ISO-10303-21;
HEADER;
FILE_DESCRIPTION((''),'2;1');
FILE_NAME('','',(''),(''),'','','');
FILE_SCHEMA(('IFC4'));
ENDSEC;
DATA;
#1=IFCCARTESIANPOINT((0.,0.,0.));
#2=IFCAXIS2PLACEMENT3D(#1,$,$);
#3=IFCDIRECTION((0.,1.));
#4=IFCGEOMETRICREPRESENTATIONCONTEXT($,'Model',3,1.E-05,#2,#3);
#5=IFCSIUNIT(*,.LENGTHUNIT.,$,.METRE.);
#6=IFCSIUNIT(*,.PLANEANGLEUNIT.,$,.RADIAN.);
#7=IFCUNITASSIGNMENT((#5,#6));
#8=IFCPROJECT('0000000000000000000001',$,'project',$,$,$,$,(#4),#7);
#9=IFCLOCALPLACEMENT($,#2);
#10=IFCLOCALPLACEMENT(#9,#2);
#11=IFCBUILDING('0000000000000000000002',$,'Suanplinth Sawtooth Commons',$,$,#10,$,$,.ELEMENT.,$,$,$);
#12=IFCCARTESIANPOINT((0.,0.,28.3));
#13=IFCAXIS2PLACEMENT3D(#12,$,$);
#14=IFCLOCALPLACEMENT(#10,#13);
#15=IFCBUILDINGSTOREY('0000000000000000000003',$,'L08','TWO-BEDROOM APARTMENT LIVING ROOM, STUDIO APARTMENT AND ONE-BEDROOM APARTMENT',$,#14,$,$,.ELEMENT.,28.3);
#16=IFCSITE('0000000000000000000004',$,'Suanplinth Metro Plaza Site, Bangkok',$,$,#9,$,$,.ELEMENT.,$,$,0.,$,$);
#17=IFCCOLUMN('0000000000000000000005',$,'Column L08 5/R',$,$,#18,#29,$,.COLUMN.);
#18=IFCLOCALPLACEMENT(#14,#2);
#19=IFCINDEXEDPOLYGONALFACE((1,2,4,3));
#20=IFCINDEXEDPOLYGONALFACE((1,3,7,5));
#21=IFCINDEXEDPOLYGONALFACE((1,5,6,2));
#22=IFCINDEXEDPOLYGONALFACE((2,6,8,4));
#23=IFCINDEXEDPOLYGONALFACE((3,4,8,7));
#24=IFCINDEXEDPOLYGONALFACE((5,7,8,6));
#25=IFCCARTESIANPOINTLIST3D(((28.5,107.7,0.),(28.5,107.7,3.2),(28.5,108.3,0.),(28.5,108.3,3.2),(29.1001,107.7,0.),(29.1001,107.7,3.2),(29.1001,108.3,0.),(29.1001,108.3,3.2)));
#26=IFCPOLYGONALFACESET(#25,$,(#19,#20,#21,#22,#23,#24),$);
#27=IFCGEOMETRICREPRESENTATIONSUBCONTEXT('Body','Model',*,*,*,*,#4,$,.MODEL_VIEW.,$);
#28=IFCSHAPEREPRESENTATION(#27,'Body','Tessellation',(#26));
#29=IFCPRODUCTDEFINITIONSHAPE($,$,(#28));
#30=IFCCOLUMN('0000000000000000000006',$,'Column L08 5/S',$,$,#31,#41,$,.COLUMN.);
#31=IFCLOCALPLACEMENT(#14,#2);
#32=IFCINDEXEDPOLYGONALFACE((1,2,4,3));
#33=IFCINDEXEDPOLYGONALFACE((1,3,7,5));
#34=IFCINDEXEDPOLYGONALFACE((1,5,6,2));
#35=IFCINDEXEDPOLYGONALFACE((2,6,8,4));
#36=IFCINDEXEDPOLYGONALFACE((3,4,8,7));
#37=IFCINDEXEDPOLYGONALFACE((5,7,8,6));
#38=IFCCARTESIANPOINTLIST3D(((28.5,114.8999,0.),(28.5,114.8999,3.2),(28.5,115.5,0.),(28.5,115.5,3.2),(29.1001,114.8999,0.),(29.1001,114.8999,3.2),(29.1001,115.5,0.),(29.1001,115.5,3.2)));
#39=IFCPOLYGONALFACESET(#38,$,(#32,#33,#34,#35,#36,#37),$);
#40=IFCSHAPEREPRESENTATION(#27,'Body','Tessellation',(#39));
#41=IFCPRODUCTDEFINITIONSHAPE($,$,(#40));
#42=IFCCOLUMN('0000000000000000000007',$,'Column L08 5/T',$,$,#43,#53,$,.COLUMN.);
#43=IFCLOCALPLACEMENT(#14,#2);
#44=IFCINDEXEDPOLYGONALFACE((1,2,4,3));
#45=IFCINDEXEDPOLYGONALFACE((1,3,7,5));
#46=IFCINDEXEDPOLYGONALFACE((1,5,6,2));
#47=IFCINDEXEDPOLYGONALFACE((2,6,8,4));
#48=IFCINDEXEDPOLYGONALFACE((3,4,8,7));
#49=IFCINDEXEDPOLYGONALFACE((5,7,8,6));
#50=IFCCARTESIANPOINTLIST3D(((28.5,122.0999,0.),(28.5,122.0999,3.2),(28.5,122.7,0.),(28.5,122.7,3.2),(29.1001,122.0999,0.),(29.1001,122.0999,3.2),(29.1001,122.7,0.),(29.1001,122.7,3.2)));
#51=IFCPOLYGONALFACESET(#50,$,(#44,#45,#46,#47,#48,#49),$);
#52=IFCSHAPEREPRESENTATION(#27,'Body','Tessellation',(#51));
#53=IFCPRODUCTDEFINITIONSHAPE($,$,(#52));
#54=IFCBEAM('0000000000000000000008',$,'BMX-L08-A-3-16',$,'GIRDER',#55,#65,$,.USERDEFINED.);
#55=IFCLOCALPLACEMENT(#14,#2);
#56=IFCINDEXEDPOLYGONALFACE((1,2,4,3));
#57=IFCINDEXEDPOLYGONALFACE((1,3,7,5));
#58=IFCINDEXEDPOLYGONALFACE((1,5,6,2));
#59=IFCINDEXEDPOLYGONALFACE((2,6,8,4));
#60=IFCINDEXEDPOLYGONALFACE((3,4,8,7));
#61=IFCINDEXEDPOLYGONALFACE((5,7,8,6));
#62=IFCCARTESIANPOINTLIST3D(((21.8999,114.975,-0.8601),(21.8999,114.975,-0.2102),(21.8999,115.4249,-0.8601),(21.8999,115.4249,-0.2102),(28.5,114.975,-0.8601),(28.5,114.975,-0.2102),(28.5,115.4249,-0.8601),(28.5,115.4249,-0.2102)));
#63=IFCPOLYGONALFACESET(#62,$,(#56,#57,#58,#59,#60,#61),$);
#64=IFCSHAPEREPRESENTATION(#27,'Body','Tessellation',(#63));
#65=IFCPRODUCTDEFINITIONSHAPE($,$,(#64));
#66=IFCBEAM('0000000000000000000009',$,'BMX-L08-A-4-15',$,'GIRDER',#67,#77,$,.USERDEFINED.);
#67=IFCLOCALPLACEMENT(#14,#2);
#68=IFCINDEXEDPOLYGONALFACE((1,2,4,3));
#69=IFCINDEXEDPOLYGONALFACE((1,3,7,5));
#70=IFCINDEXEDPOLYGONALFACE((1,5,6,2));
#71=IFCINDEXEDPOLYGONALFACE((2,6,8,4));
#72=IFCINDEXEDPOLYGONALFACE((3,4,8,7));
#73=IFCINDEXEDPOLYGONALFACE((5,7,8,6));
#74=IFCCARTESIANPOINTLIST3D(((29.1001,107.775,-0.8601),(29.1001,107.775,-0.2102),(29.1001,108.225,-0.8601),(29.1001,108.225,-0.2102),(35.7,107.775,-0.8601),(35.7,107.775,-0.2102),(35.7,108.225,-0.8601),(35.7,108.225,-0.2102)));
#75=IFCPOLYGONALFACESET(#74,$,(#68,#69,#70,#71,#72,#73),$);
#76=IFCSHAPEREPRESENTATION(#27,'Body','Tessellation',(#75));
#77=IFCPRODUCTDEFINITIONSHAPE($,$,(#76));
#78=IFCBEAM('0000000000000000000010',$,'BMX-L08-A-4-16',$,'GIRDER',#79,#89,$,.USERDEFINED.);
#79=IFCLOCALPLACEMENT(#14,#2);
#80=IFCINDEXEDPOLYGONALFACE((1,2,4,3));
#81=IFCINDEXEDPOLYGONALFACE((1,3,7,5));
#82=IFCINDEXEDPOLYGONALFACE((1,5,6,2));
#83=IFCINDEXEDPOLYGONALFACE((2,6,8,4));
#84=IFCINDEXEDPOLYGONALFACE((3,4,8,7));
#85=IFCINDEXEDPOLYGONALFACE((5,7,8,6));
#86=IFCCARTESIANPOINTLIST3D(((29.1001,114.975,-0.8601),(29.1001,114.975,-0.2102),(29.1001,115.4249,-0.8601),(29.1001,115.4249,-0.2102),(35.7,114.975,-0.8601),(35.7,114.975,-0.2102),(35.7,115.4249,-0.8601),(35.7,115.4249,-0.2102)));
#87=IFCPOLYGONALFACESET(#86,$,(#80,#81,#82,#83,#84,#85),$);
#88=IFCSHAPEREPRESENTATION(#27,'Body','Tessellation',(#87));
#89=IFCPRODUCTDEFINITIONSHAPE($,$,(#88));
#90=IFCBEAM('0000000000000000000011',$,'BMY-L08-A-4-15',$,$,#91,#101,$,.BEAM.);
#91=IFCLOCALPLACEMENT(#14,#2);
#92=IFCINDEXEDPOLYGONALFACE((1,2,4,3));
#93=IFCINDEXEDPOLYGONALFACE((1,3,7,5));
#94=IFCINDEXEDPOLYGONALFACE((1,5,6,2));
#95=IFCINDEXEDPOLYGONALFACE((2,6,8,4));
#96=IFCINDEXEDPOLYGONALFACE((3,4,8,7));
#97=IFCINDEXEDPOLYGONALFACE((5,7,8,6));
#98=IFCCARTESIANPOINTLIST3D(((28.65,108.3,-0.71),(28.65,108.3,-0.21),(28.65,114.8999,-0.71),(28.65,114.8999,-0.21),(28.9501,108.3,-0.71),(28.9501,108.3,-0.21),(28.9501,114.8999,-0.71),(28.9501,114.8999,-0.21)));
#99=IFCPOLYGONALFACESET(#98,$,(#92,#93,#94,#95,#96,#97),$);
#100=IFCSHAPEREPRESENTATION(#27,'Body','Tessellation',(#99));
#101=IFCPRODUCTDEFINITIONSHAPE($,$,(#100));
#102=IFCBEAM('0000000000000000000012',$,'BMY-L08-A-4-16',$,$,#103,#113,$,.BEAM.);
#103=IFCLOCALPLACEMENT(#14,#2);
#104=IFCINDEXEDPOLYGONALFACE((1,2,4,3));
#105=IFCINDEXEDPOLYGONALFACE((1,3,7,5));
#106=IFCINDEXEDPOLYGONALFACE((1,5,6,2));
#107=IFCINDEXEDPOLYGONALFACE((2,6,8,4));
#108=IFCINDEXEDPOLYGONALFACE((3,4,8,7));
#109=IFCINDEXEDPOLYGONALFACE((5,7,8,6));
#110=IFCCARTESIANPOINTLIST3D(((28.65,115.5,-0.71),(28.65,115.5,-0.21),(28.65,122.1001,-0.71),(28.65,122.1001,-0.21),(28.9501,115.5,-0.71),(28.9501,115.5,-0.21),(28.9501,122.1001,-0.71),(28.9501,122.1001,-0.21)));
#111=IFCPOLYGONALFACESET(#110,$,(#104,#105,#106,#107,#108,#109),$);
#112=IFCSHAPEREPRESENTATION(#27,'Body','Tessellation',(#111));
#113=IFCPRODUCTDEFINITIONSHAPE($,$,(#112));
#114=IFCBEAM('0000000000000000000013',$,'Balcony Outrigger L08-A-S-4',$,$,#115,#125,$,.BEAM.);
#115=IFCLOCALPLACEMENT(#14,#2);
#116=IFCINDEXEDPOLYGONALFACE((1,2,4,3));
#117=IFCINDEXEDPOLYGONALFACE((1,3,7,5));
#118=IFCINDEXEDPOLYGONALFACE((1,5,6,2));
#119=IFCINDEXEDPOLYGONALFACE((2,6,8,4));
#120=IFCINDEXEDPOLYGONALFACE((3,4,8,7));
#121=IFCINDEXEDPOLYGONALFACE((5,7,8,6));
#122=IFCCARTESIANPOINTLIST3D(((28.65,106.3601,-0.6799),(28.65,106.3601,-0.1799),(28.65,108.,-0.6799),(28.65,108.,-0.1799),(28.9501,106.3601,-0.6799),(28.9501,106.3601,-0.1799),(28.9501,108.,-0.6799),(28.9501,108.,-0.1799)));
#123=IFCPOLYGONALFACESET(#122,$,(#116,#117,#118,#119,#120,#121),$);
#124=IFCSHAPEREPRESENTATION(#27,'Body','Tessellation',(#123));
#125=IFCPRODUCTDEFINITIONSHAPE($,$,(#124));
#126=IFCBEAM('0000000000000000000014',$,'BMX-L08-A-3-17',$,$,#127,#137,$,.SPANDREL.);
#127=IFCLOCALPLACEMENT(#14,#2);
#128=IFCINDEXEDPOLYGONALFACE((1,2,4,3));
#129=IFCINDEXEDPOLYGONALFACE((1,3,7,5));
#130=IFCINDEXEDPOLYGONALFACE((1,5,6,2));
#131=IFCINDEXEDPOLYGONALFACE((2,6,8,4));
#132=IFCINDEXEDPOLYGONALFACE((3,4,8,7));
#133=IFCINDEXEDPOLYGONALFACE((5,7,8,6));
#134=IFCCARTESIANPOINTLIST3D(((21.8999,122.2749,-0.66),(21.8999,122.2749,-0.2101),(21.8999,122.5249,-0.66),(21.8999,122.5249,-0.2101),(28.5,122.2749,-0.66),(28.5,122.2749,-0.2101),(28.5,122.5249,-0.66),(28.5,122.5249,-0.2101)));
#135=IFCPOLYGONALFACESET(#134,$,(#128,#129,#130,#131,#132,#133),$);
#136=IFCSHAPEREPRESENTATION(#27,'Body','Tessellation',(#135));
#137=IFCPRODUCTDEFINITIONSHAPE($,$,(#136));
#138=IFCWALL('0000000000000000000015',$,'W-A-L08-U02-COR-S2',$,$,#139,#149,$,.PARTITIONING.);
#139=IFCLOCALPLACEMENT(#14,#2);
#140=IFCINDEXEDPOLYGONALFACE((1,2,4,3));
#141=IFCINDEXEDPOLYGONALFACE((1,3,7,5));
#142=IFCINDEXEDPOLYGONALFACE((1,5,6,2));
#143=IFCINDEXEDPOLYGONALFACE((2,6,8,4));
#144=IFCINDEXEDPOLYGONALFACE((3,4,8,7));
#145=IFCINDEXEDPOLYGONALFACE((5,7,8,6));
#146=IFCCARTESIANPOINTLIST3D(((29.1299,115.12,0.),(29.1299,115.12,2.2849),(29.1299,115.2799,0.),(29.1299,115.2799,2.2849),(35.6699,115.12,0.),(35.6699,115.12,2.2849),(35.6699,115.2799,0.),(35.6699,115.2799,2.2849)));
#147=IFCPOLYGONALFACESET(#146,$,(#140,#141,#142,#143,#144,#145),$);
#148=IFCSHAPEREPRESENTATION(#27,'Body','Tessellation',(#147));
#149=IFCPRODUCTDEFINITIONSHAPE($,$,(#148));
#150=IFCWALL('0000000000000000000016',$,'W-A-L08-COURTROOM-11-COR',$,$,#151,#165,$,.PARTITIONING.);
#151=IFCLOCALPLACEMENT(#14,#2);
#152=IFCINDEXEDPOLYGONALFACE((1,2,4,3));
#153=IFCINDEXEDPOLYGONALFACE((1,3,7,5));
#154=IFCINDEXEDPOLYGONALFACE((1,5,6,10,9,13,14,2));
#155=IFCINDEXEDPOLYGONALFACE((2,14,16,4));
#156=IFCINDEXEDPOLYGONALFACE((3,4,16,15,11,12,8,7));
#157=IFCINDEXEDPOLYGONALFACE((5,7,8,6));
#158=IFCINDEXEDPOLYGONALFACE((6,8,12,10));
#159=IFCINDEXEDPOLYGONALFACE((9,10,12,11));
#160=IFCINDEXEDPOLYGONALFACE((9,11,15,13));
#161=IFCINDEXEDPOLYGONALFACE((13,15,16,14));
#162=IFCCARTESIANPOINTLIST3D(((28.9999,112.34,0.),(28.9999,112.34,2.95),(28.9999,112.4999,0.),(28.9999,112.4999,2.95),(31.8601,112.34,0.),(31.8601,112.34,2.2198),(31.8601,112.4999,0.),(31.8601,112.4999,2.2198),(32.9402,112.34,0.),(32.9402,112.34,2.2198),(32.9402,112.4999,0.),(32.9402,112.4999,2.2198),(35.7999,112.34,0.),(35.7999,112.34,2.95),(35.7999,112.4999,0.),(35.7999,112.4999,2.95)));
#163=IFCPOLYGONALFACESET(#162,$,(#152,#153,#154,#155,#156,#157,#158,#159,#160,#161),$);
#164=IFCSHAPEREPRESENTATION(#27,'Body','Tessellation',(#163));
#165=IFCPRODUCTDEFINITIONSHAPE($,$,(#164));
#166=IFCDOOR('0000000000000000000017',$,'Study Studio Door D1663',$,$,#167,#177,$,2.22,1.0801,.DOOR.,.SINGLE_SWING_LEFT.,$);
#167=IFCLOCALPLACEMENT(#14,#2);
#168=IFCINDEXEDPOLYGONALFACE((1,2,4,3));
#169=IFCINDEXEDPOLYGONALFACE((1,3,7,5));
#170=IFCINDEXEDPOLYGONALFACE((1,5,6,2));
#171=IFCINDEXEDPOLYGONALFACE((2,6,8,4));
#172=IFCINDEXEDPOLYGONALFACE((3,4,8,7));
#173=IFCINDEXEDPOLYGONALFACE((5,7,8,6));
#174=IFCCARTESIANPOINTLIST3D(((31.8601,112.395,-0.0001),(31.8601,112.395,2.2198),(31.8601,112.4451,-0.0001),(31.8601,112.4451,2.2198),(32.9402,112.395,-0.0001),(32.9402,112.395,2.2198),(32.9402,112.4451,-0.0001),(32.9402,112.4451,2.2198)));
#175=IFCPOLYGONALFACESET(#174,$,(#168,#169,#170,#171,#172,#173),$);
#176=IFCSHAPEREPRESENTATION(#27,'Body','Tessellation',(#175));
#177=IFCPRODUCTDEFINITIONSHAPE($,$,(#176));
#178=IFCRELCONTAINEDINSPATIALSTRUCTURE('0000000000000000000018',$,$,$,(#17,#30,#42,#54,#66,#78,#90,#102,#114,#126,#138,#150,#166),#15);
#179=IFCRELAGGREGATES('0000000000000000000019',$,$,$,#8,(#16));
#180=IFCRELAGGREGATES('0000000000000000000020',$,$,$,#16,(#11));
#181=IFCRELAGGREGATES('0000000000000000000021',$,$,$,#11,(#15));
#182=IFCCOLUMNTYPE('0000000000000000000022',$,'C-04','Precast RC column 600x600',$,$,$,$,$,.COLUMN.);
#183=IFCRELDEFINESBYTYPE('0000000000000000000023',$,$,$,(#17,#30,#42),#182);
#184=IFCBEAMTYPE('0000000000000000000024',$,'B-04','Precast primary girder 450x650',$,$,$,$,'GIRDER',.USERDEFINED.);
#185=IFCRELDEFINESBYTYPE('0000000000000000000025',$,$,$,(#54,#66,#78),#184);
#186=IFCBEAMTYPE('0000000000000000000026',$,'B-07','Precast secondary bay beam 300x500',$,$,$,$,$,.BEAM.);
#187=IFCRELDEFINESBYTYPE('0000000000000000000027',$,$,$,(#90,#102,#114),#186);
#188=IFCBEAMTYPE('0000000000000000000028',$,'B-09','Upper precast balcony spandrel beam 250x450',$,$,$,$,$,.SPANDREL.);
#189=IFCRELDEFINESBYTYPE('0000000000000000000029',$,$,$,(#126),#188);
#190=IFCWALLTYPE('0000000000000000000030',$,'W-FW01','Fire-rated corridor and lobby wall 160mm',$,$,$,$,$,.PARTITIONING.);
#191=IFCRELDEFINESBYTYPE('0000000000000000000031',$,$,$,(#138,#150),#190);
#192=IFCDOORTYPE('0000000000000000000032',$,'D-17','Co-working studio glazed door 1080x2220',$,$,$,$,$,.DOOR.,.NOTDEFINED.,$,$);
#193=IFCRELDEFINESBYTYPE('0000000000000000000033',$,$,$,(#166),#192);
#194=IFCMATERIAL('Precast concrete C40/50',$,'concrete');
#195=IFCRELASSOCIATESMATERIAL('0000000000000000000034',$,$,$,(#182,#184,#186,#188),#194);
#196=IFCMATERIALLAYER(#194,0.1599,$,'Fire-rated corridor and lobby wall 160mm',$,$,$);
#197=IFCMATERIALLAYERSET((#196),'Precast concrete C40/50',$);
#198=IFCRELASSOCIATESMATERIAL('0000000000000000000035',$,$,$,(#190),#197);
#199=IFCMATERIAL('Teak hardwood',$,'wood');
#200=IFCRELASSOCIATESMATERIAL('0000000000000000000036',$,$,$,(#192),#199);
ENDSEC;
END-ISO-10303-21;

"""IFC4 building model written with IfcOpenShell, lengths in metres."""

from ifc_helpers import new_model, si_unit, direction, frame, frame_2d, origin, origin_2d, place, context, subcontext, project, spatial, rectangle, extrude, material, layer, layer_set, material_profile, profile_set, type_object, element, fill, save


model = new_model("IFC4")

# Units and contexts
model_context = context("Model", 3, precision=1e-05, world=origin(), true_north=direction((0.0, 1.0)))
body_context = subcontext(model_context, "Body", "Model", "MODEL_VIEW")
ifc_project = project(units=[si_unit("LENGTHUNIT", "METRE"), si_unit("PLANEANGLEUNIT", "RADIAN")], contexts=[model_context])

# Site, building, storey
site_placement = place(None, origin())
site = spatial("IfcSite", under=ifc_project, at=site_placement, Name="Suanplinth Metro Plaza Site, Bangkok", CompositionType="ELEMENT", RefElevation=0.0)
building_placement = place(site_placement, origin())
building = spatial("IfcBuilding", under=site, at=building_placement, Name="Suanplinth Sawtooth Commons", CompositionType="ELEMENT")
storey_placement = place(building_placement, frame((0.0, 0.0, 28.3)))
storey = spatial("IfcBuildingStorey", under=building, at=storey_placement, Name="L08", Description="TWO-BEDROOM APARTMENT LIVING ROOM, STUDIO APARTMENT AND ONE-BEDROOM APARTMENT", CompositionType="ELEMENT", Elevation=28.3)

# Columns
ifc_material_1 = material(Name="Precast concrete C40/50", Category="concrete")
ifc_material_profile_1 = material_profile(ifc_material_1, rectangle(XDim=0.6001, YDim=0.6001, at=origin_2d()), Name="PC-COL 600x600")
ifc_profile_set_1 = profile_set([ifc_material_profile_1], Name="Precast concrete C40/50")
column_type = type_object("IfcColumnType", Name="C-04", Description="Precast RC column 600x600", PredefinedType="COLUMN", material=ifc_profile_set_1)
for number, where, z_axis, x_axis, name in (
    (1, (28.8, 108.0, 0.0), (0.0, 0.0, 1.0), (1.0, 0.0, 0.0), "Column L08 5/R"),
    (2, (28.8, 115.2, 0.0), (0.0, 0.0, 1.0), (1.0, 0.0, 0.0), "Column L08 5/S"),
    (3, (28.8, 122.3999, 0.0), (0.0, 0.0, 1.0), (1.0, 0.0, 0.0), "Column L08 5/T"),
):
    element("IfcColumn", number, at=place(storey_placement, frame(where, z_axis=z_axis, x_axis=x_axis)), inside=storey, type_object=column_type, Name=name, PredefinedType="COLUMN", context=body_context, shape_type="SweptSolid", body=[
        extrude(rectangle(XDim=0.6001, YDim=0.6001, at=origin_2d()), origin(), (0.0, 0.0, 1.0), 3.2),
    ])

# Beams
ifc_material_profile_2 = material_profile(ifc_material_1, rectangle(XDim=0.45, YDim=0.6499, at=origin_2d()), Name="PC-GDR 450x650")
ifc_profile_set_2 = profile_set([ifc_material_profile_2], Name="Precast concrete C40/50")
beam_type_1 = type_object("IfcBeamType", Name="B-04", Description="Precast primary girder 450x650", ElementType="GIRDER", PredefinedType="USERDEFINED", material=ifc_profile_set_2)
beam_1_placement = place(storey_placement, frame((21.8999, 115.2, -0.5352), z_axis=(1.0, 0.0, 0.0), x_axis=(0.0, 1.0, 0.0)))
element("IfcBeam", 4, at=beam_1_placement, inside=storey, type_object=beam_type_1, Name="BMX-L08-A-3-16", ObjectType="GIRDER", PredefinedType="USERDEFINED", context=body_context, shape_type="SweptSolid", body=[
    extrude(rectangle(XDim=0.45, YDim=0.6499, at=origin_2d()), origin(), (0.0, 0.0, 1.0), 6.6001),
])
for number, where, z_axis, x_axis, name in (
    (5, (29.1001, 108.0, -0.5352), (1.0, 0.0, 0.0), (0.0, 1.0, 0.0), "BMX-L08-A-4-15"),
    (6, (29.1001, 115.2, -0.5352), (1.0, 0.0, 0.0), (0.0, 1.0, 0.0), "BMX-L08-A-4-16"),
):
    element("IfcBeam", number, at=place(storey_placement, frame(where, z_axis=z_axis, x_axis=x_axis)), inside=storey, type_object=beam_type_1, Name=name, ObjectType="GIRDER", PredefinedType="USERDEFINED", context=body_context, shape_type="SweptSolid", body=[
        extrude(rectangle(XDim=0.45, YDim=0.6499, at=origin_2d()), origin(), (0.0, 0.0, 1.0), 6.5999),
    ])
ifc_material_profile_3 = material_profile(ifc_material_1, rectangle(XDim=0.3, YDim=0.5, at=origin_2d()), Name="PC-BM 300x500")
ifc_profile_set_3 = profile_set([ifc_material_profile_3], Name="Precast concrete C40/50")
beam_type_2 = type_object("IfcBeamType", Name="B-07", Description="Precast secondary bay beam 300x500", PredefinedType="BEAM", material=ifc_profile_set_3)
beam_2_placement = place(storey_placement, frame((28.8, 108.3, -0.46), z_axis=(0.0, 1.0, 0.0), x_axis=(-1.0, 0.0, 0.0)))
element("IfcBeam", 7, at=beam_2_placement, inside=storey, type_object=beam_type_2, Name="BMY-L08-A-4-15", PredefinedType="BEAM", context=body_context, shape_type="SweptSolid", body=[
    extrude(rectangle(XDim=0.3, YDim=0.5, at=origin_2d()), origin(), (0.0, 0.0, 1.0), 6.5999),
])
beam_3_placement = place(storey_placement, frame((28.8, 115.5, -0.46), z_axis=(0.0, 1.0, 0.0), x_axis=(-1.0, 0.0, 0.0)))
element("IfcBeam", 8, at=beam_3_placement, inside=storey, type_object=beam_type_2, Name="BMY-L08-A-4-16", PredefinedType="BEAM", context=body_context, shape_type="SweptSolid", body=[
    extrude(rectangle(XDim=0.3, YDim=0.5, at=origin_2d()), origin(), (0.0, 0.0, 1.0), 6.6001),
])
beam_4_placement = place(storey_placement, frame((28.8, 108.0, -0.4299), z_axis=(0.0, -1.0, 0.0), x_axis=(1.0, 0.0, 0.0)))
element("IfcBeam", 9, at=beam_4_placement, inside=storey, type_object=beam_type_2, Name="Balcony Outrigger L08-A-S-4", PredefinedType="BEAM", context=body_context, shape_type="SweptSolid", body=[
    extrude(rectangle(XDim=0.3, YDim=0.5, at=origin_2d()), origin(), (0.0, 0.0, 1.0), 1.6399),
])
ifc_material_profile_4 = material_profile(ifc_material_1, rectangle(XDim=0.25, YDim=0.45, at=origin_2d()), Name="PC-SP 250x450")
ifc_profile_set_4 = profile_set([ifc_material_profile_4], Name="Precast concrete C40/50")
beam_type_3 = type_object("IfcBeamType", Name="B-09", Description="Upper precast balcony spandrel beam 250x450", PredefinedType="SPANDREL", material=ifc_profile_set_4)
beam_5_placement = place(storey_placement, frame((21.8999, 122.3999, -0.4351), z_axis=(1.0, 0.0, 0.0), x_axis=(0.0, 1.0, 0.0)))
element("IfcBeam", 10, at=beam_5_placement, inside=storey, type_object=beam_type_3, Name="BMX-L08-A-3-17", PredefinedType="SPANDREL", context=body_context, shape_type="SweptSolid", body=[
    extrude(rectangle(XDim=0.25, YDim=0.45, at=origin_2d()), origin(), (0.0, 0.0, 1.0), 6.6001),
])

# Shared definitions
ifc_layer_1 = layer(ifc_material_1, 0.1599, Name="Fire-rated corridor and lobby wall 160mm")
ifc_layer_set_1 = layer_set([ifc_layer_1], Name="Precast concrete C40/50")
wall_type_1 = type_object("IfcWallType", Name="W-FW01", Description="Fire-rated corridor and lobby wall 160mm", PredefinedType="PARTITIONING", material=ifc_layer_set_1)

# Wall
wall_1_placement = place(storey_placement, frame((29.1299, 115.2, 0.0), z_axis=(0.0, 0.0, 1.0), x_axis=(1.0, 0.0, 0.0)))
element("IfcWall", 11, at=wall_1_placement, inside=storey, type_object=wall_type_1, Name="W-A-L08-U02-COR-S2", PredefinedType="PARTITIONING", context=body_context, shape_type="SweptSolid", body=[
    extrude(rectangle(XDim=6.54, YDim=0.1599, at=frame_2d((3.27, 0.0))), origin(), (0.0, 0.0, 1.0), 2.2849),
])

# Wall, opening, door
wall_2_placement = place(storey_placement, frame((29.0, 112.4199, 0.0), z_axis=(0.0, 0.0, 1.0), x_axis=(1.0, 0.0, 0.0)))
wall_2 = element("IfcWall", 12, at=wall_2_placement, inside=storey, type_object=wall_type_1, Name="W-A-L08-COURTROOM-11-COR", PredefinedType="PARTITIONING", context=body_context, shape_type="SweptSolid", body=[
    extrude(rectangle(XDim=6.8, YDim=0.1599, at=frame_2d((3.3999, 0.0))), origin(), (0.0, 0.0, 1.0), 2.95),
])
opening_1_placement = place(wall_2_placement, frame((2.8601, 0.0, 0.0)))
opening_1 = element("IfcOpeningElement", 13, at=opening_1_placement, cuts=wall_2, PredefinedType="OPENING", context=body_context, shape_type="SweptSolid", body=[
    extrude(rectangle(XDim=1.0801, YDim=2.22, at=frame_2d((0.54, 1.1099))), frame((0.0, 0.0947, 0.0), z_axis=(0.0, -1.0, 0.0), x_axis=(1.0, 0.0, 0.0)), (0.0, 0.0, 1.0), 0.1897),
])
ifc_material_2 = material(Name="Teak hardwood", Category="wood")
door_type_1 = type_object("IfcDoorType", Name="D-17", Description="Co-working studio glazed door 1080x2220", OperationType="NOTDEFINED", PredefinedType="DOOR", material=ifc_material_2)
door_1_placement = place(opening_1_placement, frame((1.0801, 0.0, 0.0), z_axis=(0.0, 0.0, 1.0), x_axis=(-1.0, 0.0, 0.0)))
door_1 = element("IfcDoor", 14, at=door_1_placement, inside=storey, type_object=door_type_1, Name="Study Studio Door D1663", OperationType="SINGLE_SWING_LEFT", OverallHeight=2.22, OverallWidth=1.0801, PredefinedType="DOOR", context=body_context, shape_type="SweptSolid", body=[
    extrude(rectangle(XDim=1.0801, YDim=2.22, at=frame_2d((0.54, 1.1099))), frame((0.0, 0.0249, 0.0), z_axis=(0.0, -1.0, 0.0), x_axis=(1.0, 0.0, 0.0)), (0.0, 0.0, 1.0), 0.05),
])
fill(opening_1, door_1)

save(model, "model.ifc")
